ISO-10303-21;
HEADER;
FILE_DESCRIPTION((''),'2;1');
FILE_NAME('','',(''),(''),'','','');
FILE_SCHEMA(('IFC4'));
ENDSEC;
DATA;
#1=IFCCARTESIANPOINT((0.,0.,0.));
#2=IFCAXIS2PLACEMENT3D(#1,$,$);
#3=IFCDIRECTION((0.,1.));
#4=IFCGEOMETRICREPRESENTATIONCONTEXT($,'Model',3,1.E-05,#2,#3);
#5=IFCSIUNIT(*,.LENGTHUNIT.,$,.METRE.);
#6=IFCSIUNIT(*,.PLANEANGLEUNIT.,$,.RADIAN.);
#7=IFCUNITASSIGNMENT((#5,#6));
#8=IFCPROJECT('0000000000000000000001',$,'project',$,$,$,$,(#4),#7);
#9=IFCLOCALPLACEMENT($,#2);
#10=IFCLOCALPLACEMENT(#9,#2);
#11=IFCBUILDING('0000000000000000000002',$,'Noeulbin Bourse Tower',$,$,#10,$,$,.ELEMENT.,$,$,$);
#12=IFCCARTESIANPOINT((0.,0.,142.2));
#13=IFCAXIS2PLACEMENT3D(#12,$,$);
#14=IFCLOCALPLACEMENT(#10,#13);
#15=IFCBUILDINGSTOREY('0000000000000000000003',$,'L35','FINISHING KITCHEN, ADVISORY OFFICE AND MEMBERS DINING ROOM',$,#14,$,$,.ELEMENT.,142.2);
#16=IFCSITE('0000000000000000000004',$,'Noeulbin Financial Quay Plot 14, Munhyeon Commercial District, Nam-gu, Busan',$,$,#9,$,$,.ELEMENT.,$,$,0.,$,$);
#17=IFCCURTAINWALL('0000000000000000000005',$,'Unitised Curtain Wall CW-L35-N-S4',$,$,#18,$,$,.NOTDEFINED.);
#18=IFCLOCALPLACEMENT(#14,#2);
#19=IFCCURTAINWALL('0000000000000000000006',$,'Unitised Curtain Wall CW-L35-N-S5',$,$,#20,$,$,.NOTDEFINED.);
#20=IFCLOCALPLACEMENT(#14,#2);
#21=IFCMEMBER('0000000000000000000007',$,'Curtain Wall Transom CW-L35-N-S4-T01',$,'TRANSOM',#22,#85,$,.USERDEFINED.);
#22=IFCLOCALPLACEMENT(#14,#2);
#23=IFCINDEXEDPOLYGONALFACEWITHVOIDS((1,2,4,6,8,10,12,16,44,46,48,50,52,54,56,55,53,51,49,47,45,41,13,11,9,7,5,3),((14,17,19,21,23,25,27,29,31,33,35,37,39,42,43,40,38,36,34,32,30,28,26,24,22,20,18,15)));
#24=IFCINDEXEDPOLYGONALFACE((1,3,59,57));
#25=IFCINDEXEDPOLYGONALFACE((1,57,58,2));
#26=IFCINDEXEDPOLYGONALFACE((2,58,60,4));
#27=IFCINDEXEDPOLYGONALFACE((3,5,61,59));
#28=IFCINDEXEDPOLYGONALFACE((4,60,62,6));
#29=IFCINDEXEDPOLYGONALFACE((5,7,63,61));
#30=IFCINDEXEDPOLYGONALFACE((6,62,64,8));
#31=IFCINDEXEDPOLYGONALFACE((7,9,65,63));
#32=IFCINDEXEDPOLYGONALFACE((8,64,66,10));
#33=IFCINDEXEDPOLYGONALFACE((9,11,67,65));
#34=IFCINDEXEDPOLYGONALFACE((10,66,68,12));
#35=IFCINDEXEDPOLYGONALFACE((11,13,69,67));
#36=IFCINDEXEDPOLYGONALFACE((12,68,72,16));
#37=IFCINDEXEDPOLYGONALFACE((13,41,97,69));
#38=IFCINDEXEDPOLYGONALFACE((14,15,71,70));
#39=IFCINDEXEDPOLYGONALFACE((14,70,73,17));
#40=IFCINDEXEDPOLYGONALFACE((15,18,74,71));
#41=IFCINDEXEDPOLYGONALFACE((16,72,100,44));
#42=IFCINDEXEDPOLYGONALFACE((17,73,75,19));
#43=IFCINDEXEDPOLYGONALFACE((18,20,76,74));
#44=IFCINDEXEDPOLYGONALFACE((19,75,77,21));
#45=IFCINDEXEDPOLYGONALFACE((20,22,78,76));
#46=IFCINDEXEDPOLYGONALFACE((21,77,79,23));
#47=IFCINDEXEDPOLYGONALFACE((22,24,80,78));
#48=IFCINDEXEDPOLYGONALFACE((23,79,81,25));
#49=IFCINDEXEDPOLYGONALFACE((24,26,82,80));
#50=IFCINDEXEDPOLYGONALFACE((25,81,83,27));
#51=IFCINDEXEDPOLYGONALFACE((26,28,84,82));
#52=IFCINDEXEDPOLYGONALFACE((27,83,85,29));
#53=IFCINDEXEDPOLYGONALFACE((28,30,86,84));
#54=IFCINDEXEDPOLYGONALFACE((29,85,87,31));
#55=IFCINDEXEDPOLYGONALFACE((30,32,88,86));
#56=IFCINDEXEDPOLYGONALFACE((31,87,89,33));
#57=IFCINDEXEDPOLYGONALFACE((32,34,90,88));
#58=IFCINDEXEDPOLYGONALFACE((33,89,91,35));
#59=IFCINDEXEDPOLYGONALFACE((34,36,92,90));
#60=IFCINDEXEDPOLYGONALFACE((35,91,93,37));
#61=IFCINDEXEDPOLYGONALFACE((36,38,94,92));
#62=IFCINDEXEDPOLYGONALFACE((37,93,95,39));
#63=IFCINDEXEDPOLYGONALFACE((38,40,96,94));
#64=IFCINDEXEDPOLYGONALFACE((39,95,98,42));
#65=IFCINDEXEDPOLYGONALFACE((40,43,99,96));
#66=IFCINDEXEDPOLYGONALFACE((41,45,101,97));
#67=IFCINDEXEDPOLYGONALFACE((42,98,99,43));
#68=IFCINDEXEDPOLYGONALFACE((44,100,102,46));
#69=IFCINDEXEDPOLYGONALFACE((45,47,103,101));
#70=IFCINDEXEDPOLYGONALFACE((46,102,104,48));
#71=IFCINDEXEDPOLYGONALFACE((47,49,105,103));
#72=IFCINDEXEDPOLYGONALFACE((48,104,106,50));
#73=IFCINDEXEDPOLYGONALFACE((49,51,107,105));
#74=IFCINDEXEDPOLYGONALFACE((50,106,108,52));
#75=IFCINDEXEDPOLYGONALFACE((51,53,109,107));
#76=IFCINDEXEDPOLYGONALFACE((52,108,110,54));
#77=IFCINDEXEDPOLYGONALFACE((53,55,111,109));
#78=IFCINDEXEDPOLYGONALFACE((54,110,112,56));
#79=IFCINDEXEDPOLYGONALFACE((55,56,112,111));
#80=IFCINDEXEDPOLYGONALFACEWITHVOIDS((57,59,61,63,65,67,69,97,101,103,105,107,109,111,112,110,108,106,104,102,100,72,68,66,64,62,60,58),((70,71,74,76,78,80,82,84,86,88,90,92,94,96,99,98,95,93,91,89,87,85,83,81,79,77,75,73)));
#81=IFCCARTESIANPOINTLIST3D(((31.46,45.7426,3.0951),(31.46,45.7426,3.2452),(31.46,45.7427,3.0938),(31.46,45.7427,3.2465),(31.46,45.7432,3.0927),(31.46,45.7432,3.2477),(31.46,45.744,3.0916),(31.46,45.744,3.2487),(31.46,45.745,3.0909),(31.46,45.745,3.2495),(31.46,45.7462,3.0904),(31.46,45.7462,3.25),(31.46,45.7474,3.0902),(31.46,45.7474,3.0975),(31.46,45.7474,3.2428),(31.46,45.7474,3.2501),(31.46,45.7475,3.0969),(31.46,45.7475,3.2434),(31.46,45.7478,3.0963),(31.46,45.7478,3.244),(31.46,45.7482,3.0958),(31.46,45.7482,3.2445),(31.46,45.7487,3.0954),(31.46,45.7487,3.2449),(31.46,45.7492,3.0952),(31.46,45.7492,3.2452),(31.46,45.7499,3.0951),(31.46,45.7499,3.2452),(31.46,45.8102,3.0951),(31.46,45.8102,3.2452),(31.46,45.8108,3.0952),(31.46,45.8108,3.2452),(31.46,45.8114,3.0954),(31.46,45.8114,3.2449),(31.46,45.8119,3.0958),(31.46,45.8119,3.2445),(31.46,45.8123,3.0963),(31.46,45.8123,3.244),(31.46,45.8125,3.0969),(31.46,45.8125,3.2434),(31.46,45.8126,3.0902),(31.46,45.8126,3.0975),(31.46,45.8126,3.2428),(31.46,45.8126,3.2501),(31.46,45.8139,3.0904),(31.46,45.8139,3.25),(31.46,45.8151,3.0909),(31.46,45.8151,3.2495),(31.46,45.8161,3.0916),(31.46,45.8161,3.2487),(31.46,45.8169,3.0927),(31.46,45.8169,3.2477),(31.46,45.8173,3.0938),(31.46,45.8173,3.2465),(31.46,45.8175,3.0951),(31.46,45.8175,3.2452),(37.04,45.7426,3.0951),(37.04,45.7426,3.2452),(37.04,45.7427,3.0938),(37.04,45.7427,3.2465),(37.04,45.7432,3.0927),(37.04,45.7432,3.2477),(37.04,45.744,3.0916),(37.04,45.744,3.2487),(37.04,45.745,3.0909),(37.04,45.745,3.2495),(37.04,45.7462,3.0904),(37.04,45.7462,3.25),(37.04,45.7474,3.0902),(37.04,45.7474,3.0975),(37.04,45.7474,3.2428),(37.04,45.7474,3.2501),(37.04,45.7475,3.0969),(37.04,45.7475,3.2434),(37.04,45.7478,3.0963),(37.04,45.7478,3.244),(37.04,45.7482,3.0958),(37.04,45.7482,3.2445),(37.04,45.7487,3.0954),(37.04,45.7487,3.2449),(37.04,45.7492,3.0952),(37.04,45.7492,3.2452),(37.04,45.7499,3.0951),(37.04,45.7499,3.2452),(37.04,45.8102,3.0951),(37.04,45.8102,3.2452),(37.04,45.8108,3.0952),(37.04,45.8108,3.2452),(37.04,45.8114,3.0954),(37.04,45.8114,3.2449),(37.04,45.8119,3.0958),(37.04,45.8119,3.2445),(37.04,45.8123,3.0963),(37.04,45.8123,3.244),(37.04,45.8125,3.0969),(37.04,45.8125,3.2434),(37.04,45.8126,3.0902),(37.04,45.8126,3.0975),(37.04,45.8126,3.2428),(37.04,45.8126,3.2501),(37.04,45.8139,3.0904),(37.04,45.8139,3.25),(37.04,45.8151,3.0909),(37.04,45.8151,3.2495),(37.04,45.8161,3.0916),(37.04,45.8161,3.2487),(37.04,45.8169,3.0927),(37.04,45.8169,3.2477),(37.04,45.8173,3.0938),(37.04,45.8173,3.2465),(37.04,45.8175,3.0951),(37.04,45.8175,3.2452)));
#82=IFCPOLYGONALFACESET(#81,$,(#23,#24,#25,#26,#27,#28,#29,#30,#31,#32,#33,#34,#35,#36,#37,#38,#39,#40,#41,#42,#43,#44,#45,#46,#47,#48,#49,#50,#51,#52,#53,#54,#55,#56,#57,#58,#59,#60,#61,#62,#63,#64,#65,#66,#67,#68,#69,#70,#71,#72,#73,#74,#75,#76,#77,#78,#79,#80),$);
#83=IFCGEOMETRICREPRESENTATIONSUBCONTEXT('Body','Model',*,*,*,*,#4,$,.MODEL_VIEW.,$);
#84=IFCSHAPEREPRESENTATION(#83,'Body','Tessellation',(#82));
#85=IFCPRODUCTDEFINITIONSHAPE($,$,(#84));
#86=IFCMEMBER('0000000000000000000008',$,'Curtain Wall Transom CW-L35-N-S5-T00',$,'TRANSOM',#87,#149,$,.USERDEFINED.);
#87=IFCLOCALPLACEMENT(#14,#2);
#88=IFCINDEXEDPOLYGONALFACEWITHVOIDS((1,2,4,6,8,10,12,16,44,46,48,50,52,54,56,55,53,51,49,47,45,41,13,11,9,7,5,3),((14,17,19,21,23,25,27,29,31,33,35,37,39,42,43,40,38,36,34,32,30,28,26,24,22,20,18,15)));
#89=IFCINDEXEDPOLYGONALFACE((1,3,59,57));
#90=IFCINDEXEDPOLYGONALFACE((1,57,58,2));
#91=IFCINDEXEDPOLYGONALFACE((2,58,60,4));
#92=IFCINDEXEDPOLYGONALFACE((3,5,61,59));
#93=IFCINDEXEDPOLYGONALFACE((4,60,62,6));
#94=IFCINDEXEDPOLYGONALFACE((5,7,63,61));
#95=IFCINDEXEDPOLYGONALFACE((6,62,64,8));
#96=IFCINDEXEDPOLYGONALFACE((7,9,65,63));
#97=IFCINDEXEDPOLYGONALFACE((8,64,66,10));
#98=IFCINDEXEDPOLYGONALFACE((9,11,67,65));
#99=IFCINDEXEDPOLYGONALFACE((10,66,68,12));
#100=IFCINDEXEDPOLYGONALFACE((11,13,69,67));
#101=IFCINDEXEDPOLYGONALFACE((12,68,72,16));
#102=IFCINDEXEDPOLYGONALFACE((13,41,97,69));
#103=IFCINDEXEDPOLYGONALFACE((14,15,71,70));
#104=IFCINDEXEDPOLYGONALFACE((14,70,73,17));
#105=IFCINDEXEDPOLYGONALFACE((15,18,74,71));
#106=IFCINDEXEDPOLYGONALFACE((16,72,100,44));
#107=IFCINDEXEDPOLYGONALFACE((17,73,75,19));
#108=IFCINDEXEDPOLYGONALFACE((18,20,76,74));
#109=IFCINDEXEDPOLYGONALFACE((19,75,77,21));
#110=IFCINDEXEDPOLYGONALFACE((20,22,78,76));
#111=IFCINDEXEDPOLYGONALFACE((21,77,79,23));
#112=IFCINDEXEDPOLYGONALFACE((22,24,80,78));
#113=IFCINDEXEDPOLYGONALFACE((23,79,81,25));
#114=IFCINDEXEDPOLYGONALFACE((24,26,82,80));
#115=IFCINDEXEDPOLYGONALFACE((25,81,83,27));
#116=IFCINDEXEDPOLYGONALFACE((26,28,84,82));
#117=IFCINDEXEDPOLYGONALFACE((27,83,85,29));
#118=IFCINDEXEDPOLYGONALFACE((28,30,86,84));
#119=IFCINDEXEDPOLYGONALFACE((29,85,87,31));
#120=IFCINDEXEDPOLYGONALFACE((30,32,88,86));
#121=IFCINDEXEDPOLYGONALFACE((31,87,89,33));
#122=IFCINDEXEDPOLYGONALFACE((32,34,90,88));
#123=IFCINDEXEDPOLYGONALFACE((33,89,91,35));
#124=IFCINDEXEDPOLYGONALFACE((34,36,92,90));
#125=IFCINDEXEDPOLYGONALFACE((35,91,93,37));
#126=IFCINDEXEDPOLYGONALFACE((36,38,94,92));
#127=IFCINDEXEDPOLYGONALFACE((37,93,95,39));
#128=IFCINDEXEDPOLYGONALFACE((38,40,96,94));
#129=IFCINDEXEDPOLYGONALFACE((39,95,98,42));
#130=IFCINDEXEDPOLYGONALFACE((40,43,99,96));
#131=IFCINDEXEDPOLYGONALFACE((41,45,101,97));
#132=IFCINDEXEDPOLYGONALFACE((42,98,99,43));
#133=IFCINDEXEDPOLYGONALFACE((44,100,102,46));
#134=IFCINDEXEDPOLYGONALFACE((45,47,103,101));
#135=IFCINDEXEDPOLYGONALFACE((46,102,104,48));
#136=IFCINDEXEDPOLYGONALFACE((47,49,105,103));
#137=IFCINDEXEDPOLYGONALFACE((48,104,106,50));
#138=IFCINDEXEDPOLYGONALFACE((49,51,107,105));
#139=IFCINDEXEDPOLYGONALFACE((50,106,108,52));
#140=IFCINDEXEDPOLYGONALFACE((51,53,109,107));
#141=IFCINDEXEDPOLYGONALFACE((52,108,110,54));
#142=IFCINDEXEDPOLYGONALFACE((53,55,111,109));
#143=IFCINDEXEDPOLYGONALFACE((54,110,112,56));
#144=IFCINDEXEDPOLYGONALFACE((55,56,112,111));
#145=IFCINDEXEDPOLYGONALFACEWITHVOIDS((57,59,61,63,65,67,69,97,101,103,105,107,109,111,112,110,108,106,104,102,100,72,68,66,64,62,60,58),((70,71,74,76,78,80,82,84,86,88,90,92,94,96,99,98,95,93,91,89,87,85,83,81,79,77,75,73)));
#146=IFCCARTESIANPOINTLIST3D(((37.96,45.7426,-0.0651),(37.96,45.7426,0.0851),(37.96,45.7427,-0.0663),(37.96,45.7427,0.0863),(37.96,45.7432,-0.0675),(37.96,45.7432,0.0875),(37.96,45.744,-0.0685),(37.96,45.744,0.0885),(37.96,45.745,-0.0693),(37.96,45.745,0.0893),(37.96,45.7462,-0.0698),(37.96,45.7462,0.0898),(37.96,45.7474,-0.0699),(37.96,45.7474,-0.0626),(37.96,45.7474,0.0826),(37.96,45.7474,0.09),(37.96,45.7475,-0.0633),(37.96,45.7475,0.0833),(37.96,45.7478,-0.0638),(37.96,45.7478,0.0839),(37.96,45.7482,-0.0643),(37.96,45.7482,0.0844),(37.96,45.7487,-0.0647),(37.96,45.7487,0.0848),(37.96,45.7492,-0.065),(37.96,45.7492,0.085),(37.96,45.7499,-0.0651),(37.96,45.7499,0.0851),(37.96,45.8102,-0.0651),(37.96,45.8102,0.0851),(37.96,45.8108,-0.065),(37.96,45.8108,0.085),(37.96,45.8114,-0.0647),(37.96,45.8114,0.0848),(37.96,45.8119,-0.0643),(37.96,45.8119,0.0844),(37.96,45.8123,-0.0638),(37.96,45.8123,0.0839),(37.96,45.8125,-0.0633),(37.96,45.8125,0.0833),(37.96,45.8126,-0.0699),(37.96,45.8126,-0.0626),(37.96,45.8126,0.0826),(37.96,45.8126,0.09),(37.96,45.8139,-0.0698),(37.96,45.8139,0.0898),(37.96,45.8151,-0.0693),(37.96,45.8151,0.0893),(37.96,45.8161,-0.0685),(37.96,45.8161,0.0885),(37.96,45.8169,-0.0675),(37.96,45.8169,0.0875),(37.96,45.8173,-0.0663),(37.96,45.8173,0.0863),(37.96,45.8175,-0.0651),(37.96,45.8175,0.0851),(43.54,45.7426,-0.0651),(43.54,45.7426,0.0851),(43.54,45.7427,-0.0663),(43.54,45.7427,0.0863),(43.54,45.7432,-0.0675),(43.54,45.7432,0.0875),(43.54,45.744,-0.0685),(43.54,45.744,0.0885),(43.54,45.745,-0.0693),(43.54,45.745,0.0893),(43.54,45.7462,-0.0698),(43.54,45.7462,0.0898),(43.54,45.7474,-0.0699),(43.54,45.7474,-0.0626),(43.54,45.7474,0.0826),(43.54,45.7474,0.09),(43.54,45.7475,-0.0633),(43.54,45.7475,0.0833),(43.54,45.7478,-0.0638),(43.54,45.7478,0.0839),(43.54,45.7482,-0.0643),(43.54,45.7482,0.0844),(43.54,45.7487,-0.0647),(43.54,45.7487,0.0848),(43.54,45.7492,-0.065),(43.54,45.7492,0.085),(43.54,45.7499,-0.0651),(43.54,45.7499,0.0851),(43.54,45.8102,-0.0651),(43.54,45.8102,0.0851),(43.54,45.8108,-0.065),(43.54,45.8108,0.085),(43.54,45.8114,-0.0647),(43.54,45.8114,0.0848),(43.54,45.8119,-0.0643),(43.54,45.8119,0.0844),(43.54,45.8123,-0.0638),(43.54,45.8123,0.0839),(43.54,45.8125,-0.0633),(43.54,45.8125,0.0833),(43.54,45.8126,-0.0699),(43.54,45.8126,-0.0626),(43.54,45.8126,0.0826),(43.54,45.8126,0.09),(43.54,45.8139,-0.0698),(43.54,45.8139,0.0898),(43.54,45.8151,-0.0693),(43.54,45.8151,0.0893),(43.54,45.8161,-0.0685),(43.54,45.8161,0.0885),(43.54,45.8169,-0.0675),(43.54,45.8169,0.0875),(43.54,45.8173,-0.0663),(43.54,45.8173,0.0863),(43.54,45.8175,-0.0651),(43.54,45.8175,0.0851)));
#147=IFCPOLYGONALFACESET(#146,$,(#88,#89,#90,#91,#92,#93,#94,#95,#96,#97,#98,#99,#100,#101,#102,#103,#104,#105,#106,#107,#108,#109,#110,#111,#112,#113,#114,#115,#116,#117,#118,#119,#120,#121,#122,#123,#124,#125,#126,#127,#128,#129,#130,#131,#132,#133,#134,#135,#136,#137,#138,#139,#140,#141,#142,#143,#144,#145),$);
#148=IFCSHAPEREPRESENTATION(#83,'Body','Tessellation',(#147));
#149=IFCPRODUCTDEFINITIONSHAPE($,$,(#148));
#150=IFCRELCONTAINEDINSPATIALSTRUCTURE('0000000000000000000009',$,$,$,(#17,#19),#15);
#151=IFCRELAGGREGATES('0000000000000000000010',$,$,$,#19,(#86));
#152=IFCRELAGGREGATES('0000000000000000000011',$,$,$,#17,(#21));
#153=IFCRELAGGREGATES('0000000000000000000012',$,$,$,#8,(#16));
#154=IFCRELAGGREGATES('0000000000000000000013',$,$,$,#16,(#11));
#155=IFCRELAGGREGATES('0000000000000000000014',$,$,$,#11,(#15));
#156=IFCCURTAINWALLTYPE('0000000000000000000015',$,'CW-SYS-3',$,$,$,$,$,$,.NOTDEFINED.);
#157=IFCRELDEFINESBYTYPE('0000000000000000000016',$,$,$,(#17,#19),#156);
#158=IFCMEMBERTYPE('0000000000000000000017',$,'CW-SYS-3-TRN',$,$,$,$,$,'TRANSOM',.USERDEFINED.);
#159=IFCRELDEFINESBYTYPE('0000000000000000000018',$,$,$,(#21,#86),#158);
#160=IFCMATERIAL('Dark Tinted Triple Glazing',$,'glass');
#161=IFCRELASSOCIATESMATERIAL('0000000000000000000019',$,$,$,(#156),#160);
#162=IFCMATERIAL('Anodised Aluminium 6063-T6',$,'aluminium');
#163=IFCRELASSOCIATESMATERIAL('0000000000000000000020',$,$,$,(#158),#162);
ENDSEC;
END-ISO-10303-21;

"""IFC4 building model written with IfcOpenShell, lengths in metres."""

from ifc_helpers import new_model, si_unit, direction, frame, origin, origin_2d, place, context, subcontext, project, spatial, hollow_rectangle, extrude, material, material_profile, profile_set, type_object, element, aggregate, save


model = new_model("IFC4")

# Units and contexts
model_context = context("Model", 3, precision=1e-05, world=origin(), true_north=direction((0.0, 1.0)))
body_context = subcontext(model_context, "Body", "Model", "MODEL_VIEW")
ifc_project = project(units=[si_unit("LENGTHUNIT", "METRE"), si_unit("PLANEANGLEUNIT", "RADIAN")], contexts=[model_context])

# Site, building, storey
site_placement = place(None, origin())
site = spatial("IfcSite", under=ifc_project, at=site_placement, Name="Noeulbin Financial Quay Plot 14, Munhyeon Commercial District, Nam-gu, Busan", CompositionType="ELEMENT", RefElevation=0.0)
building_placement = place(site_placement, origin())
building = spatial("IfcBuilding", under=site, at=building_placement, Name="Noeulbin Bourse Tower", CompositionType="ELEMENT")
storey_placement = place(building_placement, frame((0.0, 0.0, 142.2)))
storey = spatial("IfcBuildingStorey", under=building, at=storey_placement, Name="L35", Description="FINISHING KITCHEN, ADVISORY OFFICE AND MEMBERS DINING ROOM", CompositionType="ELEMENT", Elevation=142.2)

# Shared definitions
ifc_material_1 = material(Name="Dark Tinted Triple Glazing", Category="glass")
curtain_wall_type = type_object("IfcCurtainWallType", Name="CW-SYS-3", PredefinedType="NOTDEFINED", material=ifc_material_1)
ifc_material_2 = material(Name="Anodised Aluminium 6063-T6", Category="aluminium")

# Curtain wall
curtain_wall_1_placement = place(storey_placement, origin())
curtain_wall_1 = element("IfcCurtainWall", 1, at=curtain_wall_1_placement, inside=storey, type_object=curtain_wall_type, Name="Unitised Curtain Wall CW-L35-N-S4", PredefinedType="NOTDEFINED")

# Curtain wall
curtain_wall_2_placement = place(storey_placement, origin())
curtain_wall_2 = element("IfcCurtainWall", 2, at=curtain_wall_2_placement, inside=storey, type_object=curtain_wall_type, Name="Unitised Curtain Wall CW-L35-N-S5", PredefinedType="NOTDEFINED")

# Members
ifc_material_profile_1 = material_profile(ifc_material_2, hollow_rectangle(XDim=0.075, YDim=0.1599, WallThickness=0.0049, InnerFilletRadius=0.0024, OuterFilletRadius=0.0049, at=origin_2d()), Name="ALU-TRAN-75x160x5", Category="LoadBearing")
ifc_profile_set_1 = profile_set([ifc_material_profile_1], Name="Anodised Aluminium 6063-T6")
member_type_1 = type_object("IfcMemberType", Name="CW-SYS-3-TRN", ElementType="TRANSOM", PredefinedType="USERDEFINED", material=ifc_profile_set_1)
member_1_placement = place(storey_placement, frame((31.46, 45.78, 3.1702), z_axis=(1.0, 0.0, 0.0), x_axis=(0.0, 1.0, 0.0)))
member_1 = element("IfcMember", 3, at=member_1_placement, type_object=member_type_1, Name="Curtain Wall Transom CW-L35-N-S4-T01", ObjectType="TRANSOM", PredefinedType="USERDEFINED", context=body_context, shape_type="SweptSolid", body=[
    extrude(hollow_rectangle(XDim=0.075, YDim=0.1599, WallThickness=0.0049, InnerFilletRadius=0.0024, OuterFilletRadius=0.0049, at=origin_2d()), origin(), (0.0, 0.0, 1.0), 5.5801),
])
member_2_placement = place(storey_placement, frame((37.96, 45.78, 0.01), z_axis=(1.0, 0.0, 0.0), x_axis=(0.0, 1.0, 0.0)))
member_2 = element("IfcMember", 4, at=member_2_placement, type_object=member_type_1, Name="Curtain Wall Transom CW-L35-N-S5-T00", ObjectType="TRANSOM", PredefinedType="USERDEFINED", context=body_context, shape_type="SweptSolid", body=[
    extrude(hollow_rectangle(XDim=0.075, YDim=0.1599, WallThickness=0.0049, InnerFilletRadius=0.0024, OuterFilletRadius=0.0049, at=origin_2d()), origin(), (0.0, 0.0, 1.0), 5.5801),
])
aggregate(curtain_wall_2, [member_2])

aggregate(curtain_wall_1, [member_1])

save(model, "model.ifc")
